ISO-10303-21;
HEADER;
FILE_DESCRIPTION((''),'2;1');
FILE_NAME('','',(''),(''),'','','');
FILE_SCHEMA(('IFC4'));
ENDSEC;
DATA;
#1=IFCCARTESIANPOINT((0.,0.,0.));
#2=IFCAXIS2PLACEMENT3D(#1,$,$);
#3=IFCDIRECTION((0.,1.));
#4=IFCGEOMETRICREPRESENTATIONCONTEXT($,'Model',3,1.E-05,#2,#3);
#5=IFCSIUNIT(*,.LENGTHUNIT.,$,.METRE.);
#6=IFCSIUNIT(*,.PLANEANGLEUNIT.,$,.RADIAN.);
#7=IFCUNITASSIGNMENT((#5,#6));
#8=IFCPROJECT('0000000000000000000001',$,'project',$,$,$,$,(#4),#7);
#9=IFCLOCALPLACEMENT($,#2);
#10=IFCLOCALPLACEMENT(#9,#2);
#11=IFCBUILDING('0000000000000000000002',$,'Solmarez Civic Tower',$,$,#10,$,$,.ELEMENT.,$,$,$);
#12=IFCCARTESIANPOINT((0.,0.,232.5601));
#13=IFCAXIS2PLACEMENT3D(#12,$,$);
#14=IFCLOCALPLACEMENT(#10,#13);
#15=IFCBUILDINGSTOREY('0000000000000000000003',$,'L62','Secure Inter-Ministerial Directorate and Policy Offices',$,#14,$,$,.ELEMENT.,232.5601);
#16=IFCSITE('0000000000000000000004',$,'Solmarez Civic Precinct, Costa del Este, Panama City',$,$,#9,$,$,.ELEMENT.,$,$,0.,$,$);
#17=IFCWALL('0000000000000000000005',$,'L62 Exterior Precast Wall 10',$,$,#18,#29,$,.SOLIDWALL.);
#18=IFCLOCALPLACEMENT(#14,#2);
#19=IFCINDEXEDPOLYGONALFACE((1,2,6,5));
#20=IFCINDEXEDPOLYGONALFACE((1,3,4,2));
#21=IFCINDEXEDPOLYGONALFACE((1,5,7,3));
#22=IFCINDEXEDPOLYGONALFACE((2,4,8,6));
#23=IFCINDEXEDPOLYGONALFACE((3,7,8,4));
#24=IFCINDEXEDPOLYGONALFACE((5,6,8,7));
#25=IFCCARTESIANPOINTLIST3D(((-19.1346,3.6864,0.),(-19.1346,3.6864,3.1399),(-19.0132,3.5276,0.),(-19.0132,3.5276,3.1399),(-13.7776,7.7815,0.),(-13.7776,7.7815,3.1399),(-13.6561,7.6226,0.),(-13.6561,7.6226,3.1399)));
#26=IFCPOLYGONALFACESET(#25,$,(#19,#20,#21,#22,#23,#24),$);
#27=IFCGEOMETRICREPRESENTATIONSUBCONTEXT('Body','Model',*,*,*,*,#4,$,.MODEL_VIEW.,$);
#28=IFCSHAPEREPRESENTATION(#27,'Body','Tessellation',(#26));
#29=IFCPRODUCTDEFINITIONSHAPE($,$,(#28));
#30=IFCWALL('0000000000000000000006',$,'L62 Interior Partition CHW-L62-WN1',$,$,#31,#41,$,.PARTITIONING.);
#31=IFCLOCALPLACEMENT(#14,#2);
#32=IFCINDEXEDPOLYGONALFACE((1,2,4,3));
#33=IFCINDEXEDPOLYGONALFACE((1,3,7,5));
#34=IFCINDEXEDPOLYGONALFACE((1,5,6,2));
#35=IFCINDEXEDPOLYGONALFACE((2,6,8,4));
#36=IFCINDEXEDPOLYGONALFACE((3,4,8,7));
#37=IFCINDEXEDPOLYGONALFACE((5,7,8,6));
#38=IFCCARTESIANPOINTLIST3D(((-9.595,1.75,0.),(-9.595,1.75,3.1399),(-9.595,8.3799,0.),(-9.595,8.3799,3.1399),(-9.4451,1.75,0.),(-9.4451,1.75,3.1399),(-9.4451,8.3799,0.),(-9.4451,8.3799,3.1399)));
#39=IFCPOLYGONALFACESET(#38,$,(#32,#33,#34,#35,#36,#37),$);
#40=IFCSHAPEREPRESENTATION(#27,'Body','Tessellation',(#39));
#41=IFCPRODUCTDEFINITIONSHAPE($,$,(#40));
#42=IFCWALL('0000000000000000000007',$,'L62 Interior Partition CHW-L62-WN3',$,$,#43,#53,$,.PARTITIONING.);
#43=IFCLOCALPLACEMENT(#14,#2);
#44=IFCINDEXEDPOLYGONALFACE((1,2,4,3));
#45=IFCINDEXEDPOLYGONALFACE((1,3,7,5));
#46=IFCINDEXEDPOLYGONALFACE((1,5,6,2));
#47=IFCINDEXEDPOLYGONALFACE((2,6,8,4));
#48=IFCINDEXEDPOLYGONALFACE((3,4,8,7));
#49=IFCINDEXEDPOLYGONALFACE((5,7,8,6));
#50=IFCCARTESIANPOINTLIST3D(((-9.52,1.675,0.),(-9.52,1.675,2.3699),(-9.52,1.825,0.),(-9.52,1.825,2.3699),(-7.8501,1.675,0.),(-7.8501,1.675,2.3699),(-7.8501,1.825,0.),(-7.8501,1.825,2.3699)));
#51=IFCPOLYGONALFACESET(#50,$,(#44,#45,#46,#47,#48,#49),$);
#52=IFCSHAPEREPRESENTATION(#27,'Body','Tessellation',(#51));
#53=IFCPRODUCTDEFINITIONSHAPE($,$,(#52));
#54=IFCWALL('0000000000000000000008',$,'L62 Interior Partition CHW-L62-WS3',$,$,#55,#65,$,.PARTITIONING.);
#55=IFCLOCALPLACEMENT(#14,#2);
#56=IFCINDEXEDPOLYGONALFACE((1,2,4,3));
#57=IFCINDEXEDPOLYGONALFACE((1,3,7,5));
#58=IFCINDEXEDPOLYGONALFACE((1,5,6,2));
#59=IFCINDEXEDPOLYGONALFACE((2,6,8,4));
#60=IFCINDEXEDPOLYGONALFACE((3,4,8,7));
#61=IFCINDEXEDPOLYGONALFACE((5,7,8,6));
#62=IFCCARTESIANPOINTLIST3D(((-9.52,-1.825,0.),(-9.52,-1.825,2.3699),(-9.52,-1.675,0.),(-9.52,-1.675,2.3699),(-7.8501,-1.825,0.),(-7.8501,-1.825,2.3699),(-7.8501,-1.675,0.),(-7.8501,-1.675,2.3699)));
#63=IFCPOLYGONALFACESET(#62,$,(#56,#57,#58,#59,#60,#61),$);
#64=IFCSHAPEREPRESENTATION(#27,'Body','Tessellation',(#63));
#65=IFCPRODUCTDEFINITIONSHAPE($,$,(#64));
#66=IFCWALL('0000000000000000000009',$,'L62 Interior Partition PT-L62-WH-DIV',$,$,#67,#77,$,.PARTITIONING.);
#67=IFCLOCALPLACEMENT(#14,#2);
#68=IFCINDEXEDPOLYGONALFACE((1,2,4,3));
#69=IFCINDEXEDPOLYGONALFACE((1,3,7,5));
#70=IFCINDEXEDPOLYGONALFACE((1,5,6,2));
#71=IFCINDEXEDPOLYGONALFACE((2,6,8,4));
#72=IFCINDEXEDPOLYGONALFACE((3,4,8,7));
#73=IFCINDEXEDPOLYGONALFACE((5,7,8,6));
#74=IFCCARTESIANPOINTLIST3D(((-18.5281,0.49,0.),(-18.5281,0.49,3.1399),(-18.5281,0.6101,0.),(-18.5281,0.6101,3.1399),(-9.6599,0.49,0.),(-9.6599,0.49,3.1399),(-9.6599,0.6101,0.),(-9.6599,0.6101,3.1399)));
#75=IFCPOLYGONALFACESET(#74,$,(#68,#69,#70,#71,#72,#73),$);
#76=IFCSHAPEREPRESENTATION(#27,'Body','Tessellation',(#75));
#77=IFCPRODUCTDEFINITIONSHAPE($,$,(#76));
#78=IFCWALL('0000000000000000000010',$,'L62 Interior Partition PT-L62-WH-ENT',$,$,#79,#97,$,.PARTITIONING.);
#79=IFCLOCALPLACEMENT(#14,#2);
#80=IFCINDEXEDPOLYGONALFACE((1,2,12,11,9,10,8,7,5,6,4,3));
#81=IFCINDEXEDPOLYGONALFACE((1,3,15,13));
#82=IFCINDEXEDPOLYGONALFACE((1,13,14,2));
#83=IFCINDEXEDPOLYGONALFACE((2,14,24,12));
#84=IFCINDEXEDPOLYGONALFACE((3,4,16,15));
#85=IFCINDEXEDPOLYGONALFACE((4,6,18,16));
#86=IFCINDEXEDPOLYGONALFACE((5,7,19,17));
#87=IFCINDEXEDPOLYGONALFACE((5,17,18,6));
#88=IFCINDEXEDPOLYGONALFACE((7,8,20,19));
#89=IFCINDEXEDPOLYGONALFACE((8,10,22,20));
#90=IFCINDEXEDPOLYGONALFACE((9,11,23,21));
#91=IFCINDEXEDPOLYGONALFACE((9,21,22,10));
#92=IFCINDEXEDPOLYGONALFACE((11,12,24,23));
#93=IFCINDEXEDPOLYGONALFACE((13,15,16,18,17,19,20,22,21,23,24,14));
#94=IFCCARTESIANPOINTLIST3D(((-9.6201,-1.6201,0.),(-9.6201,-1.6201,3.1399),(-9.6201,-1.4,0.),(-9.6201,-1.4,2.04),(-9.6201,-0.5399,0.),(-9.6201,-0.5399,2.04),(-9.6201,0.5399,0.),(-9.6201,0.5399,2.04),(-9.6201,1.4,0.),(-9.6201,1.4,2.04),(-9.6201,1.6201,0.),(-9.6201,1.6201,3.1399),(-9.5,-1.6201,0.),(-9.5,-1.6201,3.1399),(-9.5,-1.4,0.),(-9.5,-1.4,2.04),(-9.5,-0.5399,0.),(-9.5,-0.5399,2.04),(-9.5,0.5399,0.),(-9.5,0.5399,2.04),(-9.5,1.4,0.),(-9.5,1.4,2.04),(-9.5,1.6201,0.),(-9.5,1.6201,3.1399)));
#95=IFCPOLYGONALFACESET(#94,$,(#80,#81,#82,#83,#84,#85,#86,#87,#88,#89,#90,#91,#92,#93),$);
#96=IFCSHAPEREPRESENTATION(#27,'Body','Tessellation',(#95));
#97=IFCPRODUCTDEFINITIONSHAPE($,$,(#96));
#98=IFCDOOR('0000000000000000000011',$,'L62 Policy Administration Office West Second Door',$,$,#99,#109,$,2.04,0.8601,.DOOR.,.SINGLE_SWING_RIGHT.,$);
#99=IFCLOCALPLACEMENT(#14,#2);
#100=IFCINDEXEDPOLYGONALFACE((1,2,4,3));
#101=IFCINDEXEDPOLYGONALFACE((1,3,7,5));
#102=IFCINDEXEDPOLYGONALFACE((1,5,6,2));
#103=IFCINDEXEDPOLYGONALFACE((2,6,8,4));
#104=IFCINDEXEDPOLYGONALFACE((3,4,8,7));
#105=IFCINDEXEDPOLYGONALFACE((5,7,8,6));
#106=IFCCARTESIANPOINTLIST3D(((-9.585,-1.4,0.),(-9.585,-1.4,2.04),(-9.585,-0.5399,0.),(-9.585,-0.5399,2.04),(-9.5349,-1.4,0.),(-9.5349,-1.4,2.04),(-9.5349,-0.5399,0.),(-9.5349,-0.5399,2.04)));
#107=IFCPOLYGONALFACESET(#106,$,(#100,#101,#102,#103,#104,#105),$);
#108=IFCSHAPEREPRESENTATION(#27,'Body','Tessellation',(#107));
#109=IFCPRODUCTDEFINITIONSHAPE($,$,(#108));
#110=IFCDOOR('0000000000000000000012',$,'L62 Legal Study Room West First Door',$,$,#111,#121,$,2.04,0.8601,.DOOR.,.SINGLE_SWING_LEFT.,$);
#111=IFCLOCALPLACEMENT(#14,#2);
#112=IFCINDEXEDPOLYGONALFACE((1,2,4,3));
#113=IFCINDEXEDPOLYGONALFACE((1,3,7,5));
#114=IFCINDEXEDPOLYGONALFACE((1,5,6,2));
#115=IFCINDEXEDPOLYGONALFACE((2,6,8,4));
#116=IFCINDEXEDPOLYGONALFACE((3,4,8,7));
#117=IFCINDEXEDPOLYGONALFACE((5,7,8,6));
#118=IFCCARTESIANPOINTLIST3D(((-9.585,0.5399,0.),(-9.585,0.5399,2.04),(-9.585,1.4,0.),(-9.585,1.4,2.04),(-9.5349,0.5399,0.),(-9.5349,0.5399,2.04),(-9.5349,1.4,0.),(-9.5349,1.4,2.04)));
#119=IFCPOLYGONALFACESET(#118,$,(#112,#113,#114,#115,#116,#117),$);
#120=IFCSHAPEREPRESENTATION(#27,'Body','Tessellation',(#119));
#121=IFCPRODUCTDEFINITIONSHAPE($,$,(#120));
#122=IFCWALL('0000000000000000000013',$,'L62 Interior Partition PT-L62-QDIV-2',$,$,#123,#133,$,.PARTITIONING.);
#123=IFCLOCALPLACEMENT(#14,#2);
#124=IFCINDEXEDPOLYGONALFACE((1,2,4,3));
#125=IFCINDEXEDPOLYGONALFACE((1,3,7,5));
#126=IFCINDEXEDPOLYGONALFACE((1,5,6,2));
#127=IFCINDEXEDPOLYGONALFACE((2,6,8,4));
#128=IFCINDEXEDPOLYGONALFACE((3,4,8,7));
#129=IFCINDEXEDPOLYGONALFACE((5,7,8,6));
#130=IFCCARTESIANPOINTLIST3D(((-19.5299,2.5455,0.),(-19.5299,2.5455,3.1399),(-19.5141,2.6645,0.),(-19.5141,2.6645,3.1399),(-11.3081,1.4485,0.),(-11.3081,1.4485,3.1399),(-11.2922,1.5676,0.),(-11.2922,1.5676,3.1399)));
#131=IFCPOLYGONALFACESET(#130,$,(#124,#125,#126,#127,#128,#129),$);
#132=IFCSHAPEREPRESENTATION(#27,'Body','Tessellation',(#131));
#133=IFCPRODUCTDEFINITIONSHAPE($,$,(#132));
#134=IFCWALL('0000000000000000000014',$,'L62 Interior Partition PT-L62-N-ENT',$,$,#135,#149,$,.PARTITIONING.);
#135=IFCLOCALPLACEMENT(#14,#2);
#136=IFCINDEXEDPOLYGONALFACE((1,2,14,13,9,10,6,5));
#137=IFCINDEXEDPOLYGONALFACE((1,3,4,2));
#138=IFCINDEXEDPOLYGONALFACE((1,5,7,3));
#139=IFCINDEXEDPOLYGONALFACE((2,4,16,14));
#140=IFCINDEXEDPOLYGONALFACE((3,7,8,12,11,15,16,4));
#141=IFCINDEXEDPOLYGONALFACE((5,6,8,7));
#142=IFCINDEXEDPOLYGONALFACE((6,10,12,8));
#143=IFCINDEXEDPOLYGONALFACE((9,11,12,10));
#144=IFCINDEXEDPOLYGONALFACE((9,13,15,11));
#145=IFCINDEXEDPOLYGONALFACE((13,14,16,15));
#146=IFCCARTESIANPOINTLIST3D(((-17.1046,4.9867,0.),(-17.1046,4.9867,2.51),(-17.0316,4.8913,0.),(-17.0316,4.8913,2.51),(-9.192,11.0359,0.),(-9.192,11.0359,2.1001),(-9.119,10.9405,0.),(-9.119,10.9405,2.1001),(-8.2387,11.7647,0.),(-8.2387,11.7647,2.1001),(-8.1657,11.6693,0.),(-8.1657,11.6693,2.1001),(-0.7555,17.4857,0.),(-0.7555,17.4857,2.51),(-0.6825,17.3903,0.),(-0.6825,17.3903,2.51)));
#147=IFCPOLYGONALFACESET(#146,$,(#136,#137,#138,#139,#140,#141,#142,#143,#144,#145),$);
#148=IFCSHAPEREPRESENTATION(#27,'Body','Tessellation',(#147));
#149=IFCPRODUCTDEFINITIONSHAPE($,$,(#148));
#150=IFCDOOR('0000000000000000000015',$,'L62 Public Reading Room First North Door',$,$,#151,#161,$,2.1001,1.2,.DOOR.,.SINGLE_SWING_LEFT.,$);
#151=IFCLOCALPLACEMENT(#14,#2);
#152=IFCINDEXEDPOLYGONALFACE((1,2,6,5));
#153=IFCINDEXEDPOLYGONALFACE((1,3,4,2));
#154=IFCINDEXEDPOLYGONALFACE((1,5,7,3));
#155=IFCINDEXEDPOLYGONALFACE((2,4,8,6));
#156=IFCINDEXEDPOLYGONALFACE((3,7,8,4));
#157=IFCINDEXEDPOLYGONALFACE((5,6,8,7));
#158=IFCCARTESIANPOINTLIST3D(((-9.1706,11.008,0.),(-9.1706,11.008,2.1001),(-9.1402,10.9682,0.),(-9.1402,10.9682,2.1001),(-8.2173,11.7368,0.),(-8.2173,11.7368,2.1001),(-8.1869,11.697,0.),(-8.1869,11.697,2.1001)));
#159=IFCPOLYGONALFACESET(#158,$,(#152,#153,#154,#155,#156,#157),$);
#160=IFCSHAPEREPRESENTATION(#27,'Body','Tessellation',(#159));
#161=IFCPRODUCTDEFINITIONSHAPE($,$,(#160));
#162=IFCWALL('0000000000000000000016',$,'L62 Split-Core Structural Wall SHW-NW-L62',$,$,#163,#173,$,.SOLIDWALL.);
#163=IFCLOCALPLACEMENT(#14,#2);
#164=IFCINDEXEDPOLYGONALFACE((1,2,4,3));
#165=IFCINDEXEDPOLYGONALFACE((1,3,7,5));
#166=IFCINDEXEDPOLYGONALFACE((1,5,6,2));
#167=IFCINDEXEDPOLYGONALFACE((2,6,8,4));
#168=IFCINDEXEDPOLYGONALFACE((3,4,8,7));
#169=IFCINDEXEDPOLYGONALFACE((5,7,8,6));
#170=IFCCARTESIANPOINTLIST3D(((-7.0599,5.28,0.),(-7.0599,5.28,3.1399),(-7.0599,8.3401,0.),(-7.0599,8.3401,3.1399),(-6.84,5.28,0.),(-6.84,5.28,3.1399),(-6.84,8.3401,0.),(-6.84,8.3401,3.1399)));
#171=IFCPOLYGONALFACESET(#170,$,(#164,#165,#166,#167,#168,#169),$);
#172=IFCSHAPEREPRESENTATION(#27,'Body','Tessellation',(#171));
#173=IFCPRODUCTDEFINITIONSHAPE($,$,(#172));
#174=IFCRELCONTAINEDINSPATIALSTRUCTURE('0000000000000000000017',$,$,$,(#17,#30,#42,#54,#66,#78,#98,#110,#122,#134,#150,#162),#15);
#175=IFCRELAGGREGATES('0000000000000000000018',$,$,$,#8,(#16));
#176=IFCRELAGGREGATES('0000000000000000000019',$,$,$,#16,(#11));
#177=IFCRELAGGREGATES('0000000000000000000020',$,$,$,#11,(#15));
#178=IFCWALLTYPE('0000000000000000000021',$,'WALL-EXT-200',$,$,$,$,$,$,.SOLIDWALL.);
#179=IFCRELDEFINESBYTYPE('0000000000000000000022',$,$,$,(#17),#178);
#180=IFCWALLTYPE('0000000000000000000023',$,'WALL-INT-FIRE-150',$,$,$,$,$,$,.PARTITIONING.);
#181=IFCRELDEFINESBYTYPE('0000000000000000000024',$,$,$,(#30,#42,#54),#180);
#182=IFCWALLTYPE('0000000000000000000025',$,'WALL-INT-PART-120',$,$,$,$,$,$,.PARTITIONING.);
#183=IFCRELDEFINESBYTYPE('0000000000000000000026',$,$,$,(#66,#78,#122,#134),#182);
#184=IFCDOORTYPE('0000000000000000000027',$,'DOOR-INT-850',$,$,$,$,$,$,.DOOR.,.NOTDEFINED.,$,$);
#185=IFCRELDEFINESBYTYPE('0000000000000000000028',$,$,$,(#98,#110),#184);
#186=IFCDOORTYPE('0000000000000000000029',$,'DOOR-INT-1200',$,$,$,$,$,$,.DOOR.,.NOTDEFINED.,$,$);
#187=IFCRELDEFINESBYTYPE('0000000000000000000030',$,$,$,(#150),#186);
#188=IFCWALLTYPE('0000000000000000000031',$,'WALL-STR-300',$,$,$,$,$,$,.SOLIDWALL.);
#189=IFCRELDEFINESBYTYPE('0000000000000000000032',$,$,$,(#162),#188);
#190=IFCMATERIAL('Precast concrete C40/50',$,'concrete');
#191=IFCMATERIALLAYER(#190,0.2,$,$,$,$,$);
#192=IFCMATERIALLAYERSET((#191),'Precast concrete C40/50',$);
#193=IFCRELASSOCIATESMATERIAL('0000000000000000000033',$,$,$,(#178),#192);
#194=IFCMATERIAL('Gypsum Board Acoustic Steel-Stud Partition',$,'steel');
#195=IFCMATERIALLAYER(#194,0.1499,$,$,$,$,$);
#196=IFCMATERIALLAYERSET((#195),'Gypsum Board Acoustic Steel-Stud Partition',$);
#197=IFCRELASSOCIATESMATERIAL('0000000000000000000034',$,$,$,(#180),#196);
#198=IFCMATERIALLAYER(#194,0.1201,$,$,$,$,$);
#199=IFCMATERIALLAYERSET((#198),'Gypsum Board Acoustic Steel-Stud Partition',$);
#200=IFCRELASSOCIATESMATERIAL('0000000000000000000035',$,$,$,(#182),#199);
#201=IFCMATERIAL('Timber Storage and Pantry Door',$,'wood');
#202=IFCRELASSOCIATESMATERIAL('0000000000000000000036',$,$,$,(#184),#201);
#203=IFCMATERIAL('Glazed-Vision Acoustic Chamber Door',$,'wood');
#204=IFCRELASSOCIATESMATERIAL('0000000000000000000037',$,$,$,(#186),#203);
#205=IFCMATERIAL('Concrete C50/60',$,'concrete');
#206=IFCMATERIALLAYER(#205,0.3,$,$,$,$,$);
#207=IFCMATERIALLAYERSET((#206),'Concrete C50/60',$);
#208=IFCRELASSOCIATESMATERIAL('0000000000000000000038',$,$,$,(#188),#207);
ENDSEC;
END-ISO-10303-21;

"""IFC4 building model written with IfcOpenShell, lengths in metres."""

from ifc_helpers import new_model, si_unit, direction, frame, frame_2d, origin, place, context, subcontext, project, spatial, rectangle, extrude, material, layer, layer_set, type_object, element, fill, save


model = new_model("IFC4")

# Units and contexts
model_context = context("Model", 3, precision=1e-05, world=origin(), true_north=direction((0.0, 1.0)))
body_context = subcontext(model_context, "Body", "Model", "MODEL_VIEW")
ifc_project = project(units=[si_unit("LENGTHUNIT", "METRE"), si_unit("PLANEANGLEUNIT", "RADIAN")], contexts=[model_context])

# Site, building, storey
site_placement = place(None, origin())
site = spatial("IfcSite", under=ifc_project, at=site_placement, Name="Solmarez Civic Precinct, Costa del Este, Panama City", CompositionType="ELEMENT", RefElevation=0.0)
building_placement = place(site_placement, origin())
building = spatial("IfcBuilding", under=site, at=building_placement, Name="Solmarez Civic Tower", CompositionType="ELEMENT")
storey_placement = place(building_placement, frame((0.0, 0.0, 232.5601)))
storey = spatial("IfcBuildingStorey", under=building, at=storey_placement, Name="L62", Description="Secure Inter-Ministerial Directorate and Policy Offices", CompositionType="ELEMENT", Elevation=232.5601)

# Shared definitions
ifc_material_1 = material(Name="Concrete C50/60", Category="concrete")

# Walls
ifc_material_2 = material(Name="Precast concrete C40/50", Category="concrete")
ifc_layer_1 = layer(ifc_material_2, 0.2)
ifc_layer_set_1 = layer_set([ifc_layer_1], Name="Precast concrete C40/50")
wall_type_1 = type_object("IfcWallType", Name="WALL-EXT-200", PredefinedType="SOLIDWALL", material=ifc_layer_set_1)
wall_1_placement = place(storey_placement, frame((-19.074, 3.6069, 0.0), z_axis=(0.0, 0.0, 1.0), x_axis=(0.794466, 0.607309, 0.0)))
element("IfcWall", 1, at=wall_1_placement, inside=storey, type_object=wall_type_1, Name="L62 Exterior Precast Wall 10", PredefinedType="SOLIDWALL", context=body_context, shape_type="SweptSolid", body=[
    extrude(rectangle(XDim=6.7429, YDim=0.2, at=frame_2d((3.3716, 0.0))), origin(), (0.0, 0.0, 1.0), 3.1399),
])
ifc_material_3 = material(Name="Gypsum Board Acoustic Steel-Stud Partition", Category="steel")
ifc_layer_2 = layer(ifc_material_3, 0.1499)
ifc_layer_set_2 = layer_set([ifc_layer_2], Name="Gypsum Board Acoustic Steel-Stud Partition")
wall_type_2 = type_object("IfcWallType", Name="WALL-INT-FIRE-150", PredefinedType="PARTITIONING", material=ifc_layer_set_2)
wall_2_placement = place(storey_placement, frame((-9.52, 1.75, 0.0), z_axis=(0.0, 0.0, 1.0), x_axis=(0.0, 1.0, 0.0)))
element("IfcWall", 2, at=wall_2_placement, inside=storey, type_object=wall_type_2, Name="L62 Interior Partition CHW-L62-WN1", PredefinedType="PARTITIONING", context=body_context, shape_type="SweptSolid", body=[
    extrude(rectangle(XDim=6.6299, YDim=0.1499, at=frame_2d((3.3149, 0.0))), origin(), (0.0, 0.0, 1.0), 3.1399),
])
for number, where, z_axis, x_axis, name in (
    (3, (-7.8501, 1.75, 0.0), (0.0, 0.0, 1.0), (-1.0, 0.0, 0.0), "L62 Interior Partition CHW-L62-WN3"),
    (4, (-7.8501, -1.75, 0.0), (0.0, 0.0, 1.0), (-1.0, 0.0, 0.0), "L62 Interior Partition CHW-L62-WS3"),
):
    element("IfcWall", number, at=place(storey_placement, frame(where, z_axis=z_axis, x_axis=x_axis)), inside=storey, type_object=wall_type_2, Name=name, PredefinedType="PARTITIONING", context=body_context, shape_type="SweptSolid", body=[
        extrude(rectangle(XDim=1.6699, YDim=0.1499, at=frame_2d((0.835, 0.0))), origin(), (0.0, 0.0, 1.0), 2.3699),
    ])
ifc_layer_3 = layer(ifc_material_3, 0.1201)
ifc_layer_set_3 = layer_set([ifc_layer_3], Name="Gypsum Board Acoustic Steel-Stud Partition")
wall_type_3 = type_object("IfcWallType", Name="WALL-INT-PART-120", PredefinedType="PARTITIONING", material=ifc_layer_set_3)
wall_3_placement = place(storey_placement, frame((-18.5281, 0.55, 0.0), z_axis=(0.0, 0.0, 1.0), x_axis=(1.0, 0.0, 0.0)))
element("IfcWall", 5, at=wall_3_placement, inside=storey, type_object=wall_type_3, Name="L62 Interior Partition PT-L62-WH-DIV", PredefinedType="PARTITIONING", context=body_context, shape_type="SweptSolid", body=[
    extrude(rectangle(XDim=8.8682, YDim=0.1201, at=frame_2d((4.4341, 0.0))), origin(), (0.0, 0.0, 1.0), 3.1399),
])

# Wall, openings, doors
wall_4_placement = place(storey_placement, frame((-9.5601, -1.6201, 0.0), z_axis=(0.0, 0.0, 1.0), x_axis=(0.0, 1.0, 0.0)))
wall_4 = element("IfcWall", 6, at=wall_4_placement, inside=storey, type_object=wall_type_3, Name="L62 Interior Partition PT-L62-WH-ENT", PredefinedType="PARTITIONING", context=body_context, shape_type="SweptSolid", body=[
    extrude(rectangle(XDim=3.2402, YDim=0.1201, at=frame_2d((1.6201, 0.0))), origin(), (0.0, 0.0, 1.0), 3.1399),
])
opening_1_placement = place(wall_4_placement, frame((0.22, 0.0, 0.0)))
opening_1 = element("IfcOpeningElement", 7, at=opening_1_placement, cuts=wall_4, PredefinedType="OPENING", context=body_context, shape_type="SweptSolid", body=[
    extrude(rectangle(XDim=0.8601, YDim=2.04, at=frame_2d((0.4302, 1.02))), frame((0.0, 0.0701, 0.0), z_axis=(0.0, -1.0, 0.0), x_axis=(1.0, 0.0, 0.0)), (0.0, 0.0, 1.0), 0.1401),
])
opening_2_placement = place(wall_4_placement, frame((2.1599, 0.0, 0.0)))
opening_2 = element("IfcOpeningElement", 8, at=opening_2_placement, cuts=wall_4, PredefinedType="OPENING", context=body_context, shape_type="SweptSolid", body=[
    extrude(rectangle(XDim=0.8601, YDim=2.04, at=frame_2d((0.4302, 1.02))), frame((0.0, 0.0701, 0.0), z_axis=(0.0, -1.0, 0.0), x_axis=(1.0, 0.0, 0.0)), (0.0, 0.0, 1.0), 0.1401),
])
ifc_material_4 = material(Name="Timber Storage and Pantry Door", Category="wood")
door_type_1 = type_object("IfcDoorType", Name="DOOR-INT-850", OperationType="NOTDEFINED", PredefinedType="DOOR", material=ifc_material_4)
door_1_placement = place(opening_1_placement, origin())
door_1 = element("IfcDoor", 9, at=door_1_placement, inside=storey, type_object=door_type_1, Name="L62 Policy Administration Office West Second Door", OperationType="SINGLE_SWING_RIGHT", OverallHeight=2.04, OverallWidth=0.8601, PredefinedType="DOOR", context=body_context, shape_type="SweptSolid", body=[
    extrude(rectangle(XDim=0.8601, YDim=2.04, at=frame_2d((0.4302, 1.02))), frame((0.0, 0.0249, 0.0), z_axis=(0.0, -1.0, 0.0), x_axis=(1.0, 0.0, 0.0)), (0.0, 0.0, 1.0), 0.05),
])
fill(opening_1, door_1)
door_2_placement = place(opening_2_placement, origin())
door_2 = element("IfcDoor", 10, at=door_2_placement, inside=storey, type_object=door_type_1, Name="L62 Legal Study Room West First Door", OperationType="SINGLE_SWING_LEFT", OverallHeight=2.04, OverallWidth=0.8601, PredefinedType="DOOR", context=body_context, shape_type="SweptSolid", body=[
    extrude(rectangle(XDim=0.8601, YDim=2.04, at=frame_2d((0.4302, 1.02))), frame((0.0, 0.0249, 0.0), z_axis=(0.0, -1.0, 0.0), x_axis=(1.0, 0.0, 0.0)), (0.0, 0.0, 1.0), 0.05),
])
fill(opening_2, door_2)

# Wall
wall_5_placement = place(storey_placement, frame((-11.3, 1.5081, 0.0), z_axis=(0.0, 0.0, 1.0), x_axis=(-0.991217, 0.132243, 0.0)))
element("IfcWall", 11, at=wall_5_placement, inside=storey, type_object=wall_type_3, Name="L62 Interior Partition PT-L62-QDIV-2", PredefinedType="PARTITIONING", context=body_context, shape_type="SweptSolid", body=[
    extrude(rectangle(XDim=8.2947, YDim=0.1201, at=frame_2d((4.1475, 0.0))), origin(), (0.0, 0.0, 1.0), 3.1399),
])

# Wall, opening, door
wall_6_placement = place(storey_placement, frame((-17.0681, 4.939, 0.0), z_axis=(0.0, 0.0, 1.0), x_axis=(0.794434, 0.607351, 0.0)))
wall_6 = element("IfcWall", 12, at=wall_6_placement, inside=storey, type_object=wall_type_3, Name="L62 Interior Partition PT-L62-N-ENT", PredefinedType="PARTITIONING", context=body_context, shape_type="SweptSolid", body=[
    extrude(rectangle(XDim=20.5796, YDim=0.1201, at=frame_2d((10.2898, 0.0))), origin(), (0.0, 0.0, 1.0), 2.51),
])
opening_3_placement = place(wall_6_placement, frame((9.96, 0.0, 0.0)))
opening_3 = element("IfcOpeningElement", 13, at=opening_3_placement, cuts=wall_6, PredefinedType="OPENING", context=body_context, shape_type="SweptSolid", body=[
    extrude(rectangle(XDim=1.2, YDim=2.1001, at=frame_2d((0.6001, 1.05))), frame((0.0, 0.0701, 0.0), z_axis=(0.0, -1.0, 0.0), x_axis=(1.0, 0.0, 0.0)), (0.0, 0.0, 1.0), 0.1401),
])
ifc_material_5 = material(Name="Glazed-Vision Acoustic Chamber Door", Category="wood")
door_type_2 = type_object("IfcDoorType", Name="DOOR-INT-1200", OperationType="NOTDEFINED", PredefinedType="DOOR", material=ifc_material_5)
door_3_placement = place(opening_3_placement, origin())
door_3 = element("IfcDoor", 14, at=door_3_placement, inside=storey, type_object=door_type_2, Name="L62 Public Reading Room First North Door", OperationType="SINGLE_SWING_LEFT", OverallHeight=2.1001, OverallWidth=1.2, PredefinedType="DOOR", context=body_context, shape_type="SweptSolid", body=[
    extrude(rectangle(XDim=1.2, YDim=2.1001, at=frame_2d((0.6001, 1.05))), frame((0.0, 0.0249, 0.0), z_axis=(0.0, -1.0, 0.0), x_axis=(1.0, 0.0, 0.0)), (0.0, 0.0, 1.0), 0.05),
])
fill(opening_3, door_3)

# Wall
ifc_layer_4 = layer(ifc_material_1, 0.3)
ifc_layer_set_4 = layer_set([ifc_layer_4], Name="Concrete C50/60")
wall_type_4 = type_object("IfcWallType", Name="WALL-STR-300", PredefinedType="SOLIDWALL", material=ifc_layer_set_4)
wall_7_placement = place(storey_placement, frame((-6.95, 5.28, 0.0), z_axis=(0.0, 0.0, 1.0), x_axis=(0.0, 1.0, 0.0)))
element("IfcWall", 15, at=wall_7_placement, inside=storey, type_object=wall_type_4, Name="L62 Split-Core Structural Wall SHW-NW-L62", PredefinedType="SOLIDWALL", context=body_context, shape_type="SweptSolid", body=[
    extrude(rectangle(XDim=3.0601, YDim=0.22, at=frame_2d((1.53, 0.0))), origin(), (0.0, 0.0, 1.0), 3.1399),
])

save(model, "model.ifc")
